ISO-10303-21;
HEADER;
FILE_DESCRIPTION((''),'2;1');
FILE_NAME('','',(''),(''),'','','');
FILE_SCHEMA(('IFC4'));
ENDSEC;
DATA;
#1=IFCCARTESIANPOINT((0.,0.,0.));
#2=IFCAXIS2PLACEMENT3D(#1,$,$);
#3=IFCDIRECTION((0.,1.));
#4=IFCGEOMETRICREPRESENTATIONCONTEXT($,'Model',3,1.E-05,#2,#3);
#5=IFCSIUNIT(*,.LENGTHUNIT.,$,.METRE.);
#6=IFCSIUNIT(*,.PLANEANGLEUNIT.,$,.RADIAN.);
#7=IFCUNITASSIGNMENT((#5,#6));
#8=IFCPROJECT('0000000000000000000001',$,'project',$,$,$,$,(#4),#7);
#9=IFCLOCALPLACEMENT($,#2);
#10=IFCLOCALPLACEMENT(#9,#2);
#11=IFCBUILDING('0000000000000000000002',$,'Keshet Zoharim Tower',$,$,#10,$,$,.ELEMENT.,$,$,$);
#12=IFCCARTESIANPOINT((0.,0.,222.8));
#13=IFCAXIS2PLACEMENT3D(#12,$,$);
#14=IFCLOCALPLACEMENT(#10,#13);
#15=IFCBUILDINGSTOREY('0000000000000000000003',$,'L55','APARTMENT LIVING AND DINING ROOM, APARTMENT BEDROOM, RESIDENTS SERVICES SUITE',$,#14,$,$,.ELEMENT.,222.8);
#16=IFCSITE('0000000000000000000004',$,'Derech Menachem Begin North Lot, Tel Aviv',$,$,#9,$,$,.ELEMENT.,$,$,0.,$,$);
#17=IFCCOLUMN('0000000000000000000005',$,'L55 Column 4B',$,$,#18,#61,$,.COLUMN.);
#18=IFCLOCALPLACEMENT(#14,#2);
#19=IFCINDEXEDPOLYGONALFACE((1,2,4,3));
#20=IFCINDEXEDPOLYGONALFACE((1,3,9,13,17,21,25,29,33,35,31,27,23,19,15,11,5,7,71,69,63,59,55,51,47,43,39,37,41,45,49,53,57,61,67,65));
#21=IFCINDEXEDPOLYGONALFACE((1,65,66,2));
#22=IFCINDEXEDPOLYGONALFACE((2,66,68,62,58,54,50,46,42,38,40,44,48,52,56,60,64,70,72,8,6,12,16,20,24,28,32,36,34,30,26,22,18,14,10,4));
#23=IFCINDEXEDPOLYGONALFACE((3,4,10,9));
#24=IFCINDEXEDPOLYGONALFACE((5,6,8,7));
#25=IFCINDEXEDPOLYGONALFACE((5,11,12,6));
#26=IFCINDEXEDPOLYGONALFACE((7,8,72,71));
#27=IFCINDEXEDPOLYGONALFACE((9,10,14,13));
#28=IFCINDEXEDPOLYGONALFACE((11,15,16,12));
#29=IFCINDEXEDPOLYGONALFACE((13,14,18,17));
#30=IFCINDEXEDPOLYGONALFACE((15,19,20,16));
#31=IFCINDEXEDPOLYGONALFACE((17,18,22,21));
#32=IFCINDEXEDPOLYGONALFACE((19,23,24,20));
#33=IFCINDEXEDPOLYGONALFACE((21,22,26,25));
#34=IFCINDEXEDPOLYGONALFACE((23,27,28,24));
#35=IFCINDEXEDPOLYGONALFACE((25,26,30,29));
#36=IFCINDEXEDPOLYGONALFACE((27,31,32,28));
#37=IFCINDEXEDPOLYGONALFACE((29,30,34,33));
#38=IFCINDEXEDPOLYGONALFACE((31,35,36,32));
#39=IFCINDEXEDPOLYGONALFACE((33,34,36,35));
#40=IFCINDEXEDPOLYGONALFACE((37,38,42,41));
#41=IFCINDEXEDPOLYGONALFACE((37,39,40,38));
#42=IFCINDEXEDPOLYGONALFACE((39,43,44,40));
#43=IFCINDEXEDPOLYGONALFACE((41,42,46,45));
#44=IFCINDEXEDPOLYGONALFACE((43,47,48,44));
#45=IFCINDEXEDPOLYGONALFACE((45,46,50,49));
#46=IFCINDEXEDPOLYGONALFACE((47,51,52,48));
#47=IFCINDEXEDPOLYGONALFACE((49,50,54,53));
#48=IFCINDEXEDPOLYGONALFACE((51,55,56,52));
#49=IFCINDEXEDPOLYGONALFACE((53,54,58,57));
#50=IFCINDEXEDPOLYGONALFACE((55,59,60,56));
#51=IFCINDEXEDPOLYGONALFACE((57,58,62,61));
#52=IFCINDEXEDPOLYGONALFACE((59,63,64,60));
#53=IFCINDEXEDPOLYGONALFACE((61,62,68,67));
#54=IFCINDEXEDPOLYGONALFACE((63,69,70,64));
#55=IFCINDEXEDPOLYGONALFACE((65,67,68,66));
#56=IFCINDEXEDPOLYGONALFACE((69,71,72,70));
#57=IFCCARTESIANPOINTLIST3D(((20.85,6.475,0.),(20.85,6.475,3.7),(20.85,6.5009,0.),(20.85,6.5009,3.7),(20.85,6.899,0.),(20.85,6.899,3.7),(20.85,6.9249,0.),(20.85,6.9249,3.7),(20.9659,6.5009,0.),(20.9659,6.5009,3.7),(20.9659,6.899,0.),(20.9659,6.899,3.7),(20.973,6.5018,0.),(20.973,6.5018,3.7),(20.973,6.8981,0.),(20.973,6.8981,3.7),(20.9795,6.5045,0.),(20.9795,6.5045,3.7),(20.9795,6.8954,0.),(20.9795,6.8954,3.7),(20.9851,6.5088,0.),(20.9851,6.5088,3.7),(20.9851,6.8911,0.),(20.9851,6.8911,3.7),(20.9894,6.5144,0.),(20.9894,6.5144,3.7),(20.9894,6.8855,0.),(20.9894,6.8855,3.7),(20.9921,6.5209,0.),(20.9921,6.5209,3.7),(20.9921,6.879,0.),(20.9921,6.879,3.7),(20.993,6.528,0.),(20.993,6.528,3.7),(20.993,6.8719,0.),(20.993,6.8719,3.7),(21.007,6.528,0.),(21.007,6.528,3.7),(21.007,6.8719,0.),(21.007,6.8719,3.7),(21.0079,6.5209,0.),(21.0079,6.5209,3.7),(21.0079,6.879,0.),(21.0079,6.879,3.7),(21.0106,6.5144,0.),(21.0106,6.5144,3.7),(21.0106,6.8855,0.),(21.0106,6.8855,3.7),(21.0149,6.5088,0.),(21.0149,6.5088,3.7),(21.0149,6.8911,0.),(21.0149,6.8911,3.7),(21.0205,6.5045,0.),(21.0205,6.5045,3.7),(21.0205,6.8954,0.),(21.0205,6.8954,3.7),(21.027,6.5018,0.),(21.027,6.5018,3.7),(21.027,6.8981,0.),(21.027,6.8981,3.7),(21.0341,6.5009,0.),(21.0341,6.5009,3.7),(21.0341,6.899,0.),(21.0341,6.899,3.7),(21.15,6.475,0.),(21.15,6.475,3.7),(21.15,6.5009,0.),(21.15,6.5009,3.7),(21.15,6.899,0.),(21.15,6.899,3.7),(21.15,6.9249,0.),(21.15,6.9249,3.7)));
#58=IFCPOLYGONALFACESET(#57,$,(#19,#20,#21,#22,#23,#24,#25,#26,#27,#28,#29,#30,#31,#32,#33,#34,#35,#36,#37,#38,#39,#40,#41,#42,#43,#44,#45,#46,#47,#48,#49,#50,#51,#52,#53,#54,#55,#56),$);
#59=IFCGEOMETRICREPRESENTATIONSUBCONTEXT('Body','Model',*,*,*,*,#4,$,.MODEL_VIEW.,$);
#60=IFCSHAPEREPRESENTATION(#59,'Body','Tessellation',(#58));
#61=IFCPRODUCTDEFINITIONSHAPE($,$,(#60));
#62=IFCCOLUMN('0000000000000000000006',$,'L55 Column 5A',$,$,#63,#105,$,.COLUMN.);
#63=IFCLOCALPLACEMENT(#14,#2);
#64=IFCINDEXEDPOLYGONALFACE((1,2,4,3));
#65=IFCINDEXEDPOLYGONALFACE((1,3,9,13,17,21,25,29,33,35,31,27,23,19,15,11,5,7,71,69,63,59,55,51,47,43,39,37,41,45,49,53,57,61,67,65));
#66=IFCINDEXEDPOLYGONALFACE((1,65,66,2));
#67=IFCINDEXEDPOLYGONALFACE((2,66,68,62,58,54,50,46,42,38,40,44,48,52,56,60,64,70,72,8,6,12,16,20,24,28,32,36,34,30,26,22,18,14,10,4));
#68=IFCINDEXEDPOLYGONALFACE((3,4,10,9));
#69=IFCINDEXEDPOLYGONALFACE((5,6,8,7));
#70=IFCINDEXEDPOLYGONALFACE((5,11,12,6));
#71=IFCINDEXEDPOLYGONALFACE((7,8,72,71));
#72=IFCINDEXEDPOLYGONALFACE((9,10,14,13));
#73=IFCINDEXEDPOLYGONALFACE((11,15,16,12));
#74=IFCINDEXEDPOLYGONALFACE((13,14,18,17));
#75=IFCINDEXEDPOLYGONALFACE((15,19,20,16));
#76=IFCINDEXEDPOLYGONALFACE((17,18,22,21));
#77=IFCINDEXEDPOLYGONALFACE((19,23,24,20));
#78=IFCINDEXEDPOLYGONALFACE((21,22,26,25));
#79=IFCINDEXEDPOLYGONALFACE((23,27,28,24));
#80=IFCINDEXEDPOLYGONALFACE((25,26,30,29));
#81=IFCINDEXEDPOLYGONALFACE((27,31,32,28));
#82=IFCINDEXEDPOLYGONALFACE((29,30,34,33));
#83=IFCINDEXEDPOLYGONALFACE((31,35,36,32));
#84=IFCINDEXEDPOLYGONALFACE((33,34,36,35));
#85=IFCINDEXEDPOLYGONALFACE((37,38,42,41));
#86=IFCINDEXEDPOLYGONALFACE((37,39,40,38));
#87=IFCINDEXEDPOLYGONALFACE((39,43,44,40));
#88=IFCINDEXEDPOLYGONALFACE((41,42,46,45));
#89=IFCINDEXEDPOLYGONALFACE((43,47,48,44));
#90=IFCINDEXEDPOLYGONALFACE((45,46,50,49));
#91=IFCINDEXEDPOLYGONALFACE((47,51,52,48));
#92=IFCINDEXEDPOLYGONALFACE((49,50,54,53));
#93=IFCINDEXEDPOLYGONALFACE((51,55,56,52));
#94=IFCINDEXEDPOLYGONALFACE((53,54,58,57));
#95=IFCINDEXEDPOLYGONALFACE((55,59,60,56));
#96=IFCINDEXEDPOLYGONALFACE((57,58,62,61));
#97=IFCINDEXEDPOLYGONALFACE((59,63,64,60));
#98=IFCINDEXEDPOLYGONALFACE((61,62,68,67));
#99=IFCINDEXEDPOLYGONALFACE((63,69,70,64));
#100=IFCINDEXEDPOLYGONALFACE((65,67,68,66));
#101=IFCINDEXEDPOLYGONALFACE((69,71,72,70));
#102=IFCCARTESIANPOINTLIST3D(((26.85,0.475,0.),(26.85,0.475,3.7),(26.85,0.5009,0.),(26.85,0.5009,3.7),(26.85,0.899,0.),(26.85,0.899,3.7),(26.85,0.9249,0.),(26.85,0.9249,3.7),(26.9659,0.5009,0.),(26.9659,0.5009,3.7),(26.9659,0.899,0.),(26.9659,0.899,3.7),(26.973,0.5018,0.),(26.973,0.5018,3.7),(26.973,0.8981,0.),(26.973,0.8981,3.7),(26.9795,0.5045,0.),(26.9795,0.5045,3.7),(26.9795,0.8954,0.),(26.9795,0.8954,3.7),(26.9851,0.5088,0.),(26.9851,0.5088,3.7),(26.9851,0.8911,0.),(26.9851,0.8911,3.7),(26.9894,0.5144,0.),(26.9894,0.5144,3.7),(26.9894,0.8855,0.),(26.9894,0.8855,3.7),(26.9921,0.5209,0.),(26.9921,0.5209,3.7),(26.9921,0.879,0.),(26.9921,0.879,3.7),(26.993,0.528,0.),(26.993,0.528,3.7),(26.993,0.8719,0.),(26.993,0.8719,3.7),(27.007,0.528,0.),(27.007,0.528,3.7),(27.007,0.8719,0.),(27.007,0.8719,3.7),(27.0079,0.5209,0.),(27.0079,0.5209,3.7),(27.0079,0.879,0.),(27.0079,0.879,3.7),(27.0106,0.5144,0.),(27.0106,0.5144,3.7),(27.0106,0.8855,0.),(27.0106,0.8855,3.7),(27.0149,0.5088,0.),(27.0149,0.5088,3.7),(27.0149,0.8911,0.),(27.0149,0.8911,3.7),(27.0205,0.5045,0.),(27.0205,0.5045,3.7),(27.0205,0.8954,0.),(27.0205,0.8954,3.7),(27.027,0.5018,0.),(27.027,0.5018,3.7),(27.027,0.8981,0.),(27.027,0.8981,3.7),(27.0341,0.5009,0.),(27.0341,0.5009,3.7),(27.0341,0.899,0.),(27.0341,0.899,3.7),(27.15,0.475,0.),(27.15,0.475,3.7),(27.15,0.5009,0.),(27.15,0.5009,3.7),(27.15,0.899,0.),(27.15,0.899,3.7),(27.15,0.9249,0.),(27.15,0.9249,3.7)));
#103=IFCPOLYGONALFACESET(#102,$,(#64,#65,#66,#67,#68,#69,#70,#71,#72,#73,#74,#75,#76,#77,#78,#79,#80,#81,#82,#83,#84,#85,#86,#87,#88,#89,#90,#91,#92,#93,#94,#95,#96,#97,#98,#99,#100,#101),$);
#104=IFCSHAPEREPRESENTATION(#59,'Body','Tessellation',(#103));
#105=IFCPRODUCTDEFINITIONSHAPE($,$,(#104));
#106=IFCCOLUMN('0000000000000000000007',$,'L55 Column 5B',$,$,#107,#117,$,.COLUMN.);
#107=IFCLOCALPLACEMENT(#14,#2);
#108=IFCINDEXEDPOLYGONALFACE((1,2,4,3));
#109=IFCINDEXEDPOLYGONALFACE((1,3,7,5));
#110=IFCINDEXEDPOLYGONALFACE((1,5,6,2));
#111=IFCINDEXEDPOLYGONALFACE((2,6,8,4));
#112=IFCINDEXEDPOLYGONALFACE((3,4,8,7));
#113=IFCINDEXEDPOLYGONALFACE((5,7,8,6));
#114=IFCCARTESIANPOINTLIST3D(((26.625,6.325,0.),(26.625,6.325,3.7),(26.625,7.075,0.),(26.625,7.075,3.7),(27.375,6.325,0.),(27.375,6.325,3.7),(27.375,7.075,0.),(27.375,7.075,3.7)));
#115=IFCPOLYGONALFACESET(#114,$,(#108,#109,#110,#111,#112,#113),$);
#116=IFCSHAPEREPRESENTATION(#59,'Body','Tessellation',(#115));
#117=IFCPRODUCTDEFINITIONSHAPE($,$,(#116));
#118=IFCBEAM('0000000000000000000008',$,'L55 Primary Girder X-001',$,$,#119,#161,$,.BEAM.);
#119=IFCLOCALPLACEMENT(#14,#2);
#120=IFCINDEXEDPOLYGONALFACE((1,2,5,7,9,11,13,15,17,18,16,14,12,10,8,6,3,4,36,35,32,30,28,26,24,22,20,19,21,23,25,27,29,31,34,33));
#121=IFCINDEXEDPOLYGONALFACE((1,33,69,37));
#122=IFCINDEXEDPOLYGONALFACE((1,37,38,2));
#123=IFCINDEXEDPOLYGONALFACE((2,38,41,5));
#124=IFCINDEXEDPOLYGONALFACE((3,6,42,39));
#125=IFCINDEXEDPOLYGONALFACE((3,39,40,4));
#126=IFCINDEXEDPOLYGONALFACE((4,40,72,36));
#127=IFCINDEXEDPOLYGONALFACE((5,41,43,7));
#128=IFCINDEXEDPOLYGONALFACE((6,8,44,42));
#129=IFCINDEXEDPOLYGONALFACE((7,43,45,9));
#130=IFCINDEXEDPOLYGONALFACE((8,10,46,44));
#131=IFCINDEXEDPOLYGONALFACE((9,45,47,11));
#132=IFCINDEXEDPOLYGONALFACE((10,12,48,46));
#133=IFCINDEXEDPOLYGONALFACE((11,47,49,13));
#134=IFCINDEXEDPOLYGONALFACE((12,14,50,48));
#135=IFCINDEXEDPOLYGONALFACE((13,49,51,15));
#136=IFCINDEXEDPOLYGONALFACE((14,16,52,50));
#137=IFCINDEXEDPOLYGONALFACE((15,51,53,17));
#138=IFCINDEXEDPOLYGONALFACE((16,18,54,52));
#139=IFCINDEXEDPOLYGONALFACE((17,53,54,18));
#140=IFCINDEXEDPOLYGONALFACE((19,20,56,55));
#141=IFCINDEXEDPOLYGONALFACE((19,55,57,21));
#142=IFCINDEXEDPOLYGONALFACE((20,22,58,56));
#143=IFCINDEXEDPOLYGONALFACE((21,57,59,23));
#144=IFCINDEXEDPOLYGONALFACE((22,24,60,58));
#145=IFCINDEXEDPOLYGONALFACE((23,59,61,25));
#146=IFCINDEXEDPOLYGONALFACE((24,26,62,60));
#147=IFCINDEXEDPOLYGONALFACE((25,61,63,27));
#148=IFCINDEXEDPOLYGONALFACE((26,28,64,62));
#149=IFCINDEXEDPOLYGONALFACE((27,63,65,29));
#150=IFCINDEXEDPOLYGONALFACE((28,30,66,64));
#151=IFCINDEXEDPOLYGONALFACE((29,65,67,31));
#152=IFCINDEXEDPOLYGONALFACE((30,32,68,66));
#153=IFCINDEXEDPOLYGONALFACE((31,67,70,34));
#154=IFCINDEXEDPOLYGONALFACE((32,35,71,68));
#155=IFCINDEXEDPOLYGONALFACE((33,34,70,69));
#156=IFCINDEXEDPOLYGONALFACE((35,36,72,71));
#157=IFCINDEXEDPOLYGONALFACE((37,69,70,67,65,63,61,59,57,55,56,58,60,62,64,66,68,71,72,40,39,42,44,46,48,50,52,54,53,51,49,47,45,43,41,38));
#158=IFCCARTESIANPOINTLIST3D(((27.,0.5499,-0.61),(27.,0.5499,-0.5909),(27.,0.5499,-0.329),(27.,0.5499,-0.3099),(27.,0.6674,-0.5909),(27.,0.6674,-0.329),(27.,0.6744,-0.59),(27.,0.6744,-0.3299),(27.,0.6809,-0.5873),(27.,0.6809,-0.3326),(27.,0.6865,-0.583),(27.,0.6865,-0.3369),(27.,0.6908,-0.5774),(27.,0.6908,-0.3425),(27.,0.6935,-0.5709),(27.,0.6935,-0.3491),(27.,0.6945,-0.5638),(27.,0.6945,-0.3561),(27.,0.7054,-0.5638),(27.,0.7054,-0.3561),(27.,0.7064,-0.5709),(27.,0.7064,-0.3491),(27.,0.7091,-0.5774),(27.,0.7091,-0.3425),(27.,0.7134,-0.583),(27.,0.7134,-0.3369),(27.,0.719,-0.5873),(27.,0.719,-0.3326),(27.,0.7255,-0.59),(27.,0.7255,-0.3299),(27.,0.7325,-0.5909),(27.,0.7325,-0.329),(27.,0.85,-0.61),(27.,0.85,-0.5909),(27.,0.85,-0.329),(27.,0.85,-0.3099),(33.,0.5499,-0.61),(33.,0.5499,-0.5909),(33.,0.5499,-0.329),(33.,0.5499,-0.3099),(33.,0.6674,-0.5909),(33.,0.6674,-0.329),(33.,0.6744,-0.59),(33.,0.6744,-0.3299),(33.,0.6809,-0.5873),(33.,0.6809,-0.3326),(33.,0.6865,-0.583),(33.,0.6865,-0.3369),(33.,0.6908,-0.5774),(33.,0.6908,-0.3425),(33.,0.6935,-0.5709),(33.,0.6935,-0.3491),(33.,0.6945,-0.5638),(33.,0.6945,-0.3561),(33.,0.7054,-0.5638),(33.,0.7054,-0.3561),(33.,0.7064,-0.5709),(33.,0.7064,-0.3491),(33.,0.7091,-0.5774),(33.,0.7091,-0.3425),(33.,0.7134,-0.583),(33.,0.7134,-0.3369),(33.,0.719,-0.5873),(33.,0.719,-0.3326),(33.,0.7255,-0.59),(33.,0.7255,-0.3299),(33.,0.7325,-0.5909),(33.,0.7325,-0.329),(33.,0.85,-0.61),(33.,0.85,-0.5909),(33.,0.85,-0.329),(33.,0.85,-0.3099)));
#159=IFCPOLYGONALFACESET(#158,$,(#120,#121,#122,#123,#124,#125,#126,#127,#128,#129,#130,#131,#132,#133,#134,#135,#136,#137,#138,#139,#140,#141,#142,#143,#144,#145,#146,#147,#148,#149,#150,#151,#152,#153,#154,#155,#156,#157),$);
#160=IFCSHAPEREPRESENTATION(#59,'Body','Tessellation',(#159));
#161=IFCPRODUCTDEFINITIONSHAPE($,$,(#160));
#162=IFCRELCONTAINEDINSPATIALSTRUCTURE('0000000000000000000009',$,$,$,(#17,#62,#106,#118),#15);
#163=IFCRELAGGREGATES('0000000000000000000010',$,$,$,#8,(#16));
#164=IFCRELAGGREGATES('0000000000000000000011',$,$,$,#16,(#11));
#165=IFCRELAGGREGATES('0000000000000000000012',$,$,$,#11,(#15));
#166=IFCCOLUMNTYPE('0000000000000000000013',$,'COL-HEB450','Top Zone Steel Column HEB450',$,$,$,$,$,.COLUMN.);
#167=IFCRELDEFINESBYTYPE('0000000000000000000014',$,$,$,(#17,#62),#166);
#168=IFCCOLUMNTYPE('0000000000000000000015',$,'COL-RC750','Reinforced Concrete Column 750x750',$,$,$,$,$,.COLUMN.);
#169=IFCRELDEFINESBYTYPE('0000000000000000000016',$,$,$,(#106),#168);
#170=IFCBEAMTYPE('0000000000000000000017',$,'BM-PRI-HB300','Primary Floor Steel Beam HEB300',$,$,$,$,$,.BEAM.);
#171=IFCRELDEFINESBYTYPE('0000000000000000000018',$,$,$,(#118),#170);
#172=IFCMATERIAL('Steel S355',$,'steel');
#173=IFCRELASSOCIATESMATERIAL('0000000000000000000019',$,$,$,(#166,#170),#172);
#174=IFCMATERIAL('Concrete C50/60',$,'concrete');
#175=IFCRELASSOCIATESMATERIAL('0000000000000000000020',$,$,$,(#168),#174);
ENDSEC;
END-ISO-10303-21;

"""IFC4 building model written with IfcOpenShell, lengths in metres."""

from ifc_helpers import new_model, si_unit, direction, frame, origin, origin_2d, place, context, subcontext, project, spatial, rectangle, i_section, extrude, material, material_profile, profile_set, type_object, element, save


model = new_model("IFC4")

# Units and contexts
model_context = context("Model", 3, precision=1e-05, world=origin(), true_north=direction((0.0, 1.0)))
body_context = subcontext(model_context, "Body", "Model", "MODEL_VIEW")
ifc_project = project(units=[si_unit("LENGTHUNIT", "METRE"), si_unit("PLANEANGLEUNIT", "RADIAN")], contexts=[model_context])

# Site, building, storey
site_placement = place(None, origin())
site = spatial("IfcSite", under=ifc_project, at=site_placement, Name="Derech Menachem Begin North Lot, Tel Aviv", CompositionType="ELEMENT", RefElevation=0.0)
building_placement = place(site_placement, origin())
building = spatial("IfcBuilding", under=site, at=building_placement, Name="Keshet Zoharim Tower", CompositionType="ELEMENT")
storey_placement = place(building_placement, frame((0.0, 0.0, 222.8)))
storey = spatial("IfcBuildingStorey", under=building, at=storey_placement, Name="L55", Description="APARTMENT LIVING AND DINING ROOM, APARTMENT BEDROOM, RESIDENTS SERVICES SUITE", CompositionType="ELEMENT", Elevation=222.8)

# Columns
ifc_material_1 = material(Name="Steel S355", Category="steel")
ifc_material_profile_1 = material_profile(ifc_material_1, i_section(OverallWidth=0.3, OverallDepth=0.45, WebThickness=0.0139, FlangeThickness=0.0259, FilletRadius=0.0271, at=origin_2d()), Name="HEB450")
ifc_profile_set_1 = profile_set([ifc_material_profile_1], Name="Steel S355")
column_type_1 = type_object("IfcColumnType", Name="COL-HEB450", Description="Top Zone Steel Column HEB450", PredefinedType="COLUMN", material=ifc_profile_set_1)
for number, where, z_axis, x_axis, name in (
    (1, (21.0, 6.7, 0.0), (0.0, 0.0, 1.0), (1.0, 0.0, 0.0), "L55 Column 4B"),
    (2, (27.0, 0.7, 0.0), (0.0, 0.0, 1.0), (1.0, 0.0, 0.0), "L55 Column 5A"),
):
    element("IfcColumn", number, at=place(storey_placement, frame(where, z_axis=z_axis, x_axis=x_axis)), inside=storey, type_object=column_type_1, Name=name, PredefinedType="COLUMN", context=body_context, shape_type="SweptSolid", body=[
        extrude(i_section(OverallWidth=0.3, OverallDepth=0.45, WebThickness=0.0139, FlangeThickness=0.0259, FilletRadius=0.0271, at=origin_2d()), origin(), (0.0, 0.0, 1.0), 3.7),
    ])
ifc_material_2 = material(Name="Concrete C50/60", Category="concrete")
ifc_material_profile_2 = material_profile(ifc_material_2, rectangle(XDim=0.75, YDim=0.75, at=origin_2d()), Name="RC750x750")
ifc_profile_set_2 = profile_set([ifc_material_profile_2], Name="Concrete C50/60")
column_type_2 = type_object("IfcColumnType", Name="COL-RC750", Description="Reinforced Concrete Column 750x750", PredefinedType="COLUMN", material=ifc_profile_set_2)
column_placement = place(storey_placement, frame((27.0, 6.7, 0.0), z_axis=(0.0, 0.0, 1.0), x_axis=(1.0, 0.0, 0.0)))
element("IfcColumn", 3, at=column_placement, inside=storey, type_object=column_type_2, Name="L55 Column 5B", PredefinedType="COLUMN", context=body_context, shape_type="SweptSolid", body=[
    extrude(rectangle(XDim=0.75, YDim=0.75, at=origin_2d()), origin(), (0.0, 0.0, 1.0), 3.7),
])

# Beam
ifc_material_profile_3 = material_profile(ifc_material_1, i_section(OverallWidth=0.3, OverallDepth=0.3, WebThickness=0.011, FlangeThickness=0.019, FilletRadius=0.0271, at=origin_2d()), Name="HEB300")
ifc_profile_set_3 = profile_set([ifc_material_profile_3], Name="Steel S355")
beam_type_1 = type_object("IfcBeamType", Name="BM-PRI-HB300", Description="Primary Floor Steel Beam HEB300", PredefinedType="BEAM", material=ifc_profile_set_3)
for number, where, z_axis, x_axis, name in (
    (4, (27.0, 0.7, -0.46), (1.0, 0.0, 0.0), (0.0, 1.0, 0.0), "L55 Primary Girder X-001"),
):
    element("IfcBeam", number, at=place(storey_placement, frame(where, z_axis=z_axis, x_axis=x_axis)), inside=storey, type_object=beam_type_1, Name=name, PredefinedType="BEAM", context=body_context, shape_type="SweptSolid", body=[
        extrude(i_section(OverallWidth=0.3, OverallDepth=0.3, WebThickness=0.011, FlangeThickness=0.019, FilletRadius=0.0271, at=origin_2d()), origin(), (0.0, 0.0, 1.0), 6.0),
    ])

save(model, "model.ifc")
